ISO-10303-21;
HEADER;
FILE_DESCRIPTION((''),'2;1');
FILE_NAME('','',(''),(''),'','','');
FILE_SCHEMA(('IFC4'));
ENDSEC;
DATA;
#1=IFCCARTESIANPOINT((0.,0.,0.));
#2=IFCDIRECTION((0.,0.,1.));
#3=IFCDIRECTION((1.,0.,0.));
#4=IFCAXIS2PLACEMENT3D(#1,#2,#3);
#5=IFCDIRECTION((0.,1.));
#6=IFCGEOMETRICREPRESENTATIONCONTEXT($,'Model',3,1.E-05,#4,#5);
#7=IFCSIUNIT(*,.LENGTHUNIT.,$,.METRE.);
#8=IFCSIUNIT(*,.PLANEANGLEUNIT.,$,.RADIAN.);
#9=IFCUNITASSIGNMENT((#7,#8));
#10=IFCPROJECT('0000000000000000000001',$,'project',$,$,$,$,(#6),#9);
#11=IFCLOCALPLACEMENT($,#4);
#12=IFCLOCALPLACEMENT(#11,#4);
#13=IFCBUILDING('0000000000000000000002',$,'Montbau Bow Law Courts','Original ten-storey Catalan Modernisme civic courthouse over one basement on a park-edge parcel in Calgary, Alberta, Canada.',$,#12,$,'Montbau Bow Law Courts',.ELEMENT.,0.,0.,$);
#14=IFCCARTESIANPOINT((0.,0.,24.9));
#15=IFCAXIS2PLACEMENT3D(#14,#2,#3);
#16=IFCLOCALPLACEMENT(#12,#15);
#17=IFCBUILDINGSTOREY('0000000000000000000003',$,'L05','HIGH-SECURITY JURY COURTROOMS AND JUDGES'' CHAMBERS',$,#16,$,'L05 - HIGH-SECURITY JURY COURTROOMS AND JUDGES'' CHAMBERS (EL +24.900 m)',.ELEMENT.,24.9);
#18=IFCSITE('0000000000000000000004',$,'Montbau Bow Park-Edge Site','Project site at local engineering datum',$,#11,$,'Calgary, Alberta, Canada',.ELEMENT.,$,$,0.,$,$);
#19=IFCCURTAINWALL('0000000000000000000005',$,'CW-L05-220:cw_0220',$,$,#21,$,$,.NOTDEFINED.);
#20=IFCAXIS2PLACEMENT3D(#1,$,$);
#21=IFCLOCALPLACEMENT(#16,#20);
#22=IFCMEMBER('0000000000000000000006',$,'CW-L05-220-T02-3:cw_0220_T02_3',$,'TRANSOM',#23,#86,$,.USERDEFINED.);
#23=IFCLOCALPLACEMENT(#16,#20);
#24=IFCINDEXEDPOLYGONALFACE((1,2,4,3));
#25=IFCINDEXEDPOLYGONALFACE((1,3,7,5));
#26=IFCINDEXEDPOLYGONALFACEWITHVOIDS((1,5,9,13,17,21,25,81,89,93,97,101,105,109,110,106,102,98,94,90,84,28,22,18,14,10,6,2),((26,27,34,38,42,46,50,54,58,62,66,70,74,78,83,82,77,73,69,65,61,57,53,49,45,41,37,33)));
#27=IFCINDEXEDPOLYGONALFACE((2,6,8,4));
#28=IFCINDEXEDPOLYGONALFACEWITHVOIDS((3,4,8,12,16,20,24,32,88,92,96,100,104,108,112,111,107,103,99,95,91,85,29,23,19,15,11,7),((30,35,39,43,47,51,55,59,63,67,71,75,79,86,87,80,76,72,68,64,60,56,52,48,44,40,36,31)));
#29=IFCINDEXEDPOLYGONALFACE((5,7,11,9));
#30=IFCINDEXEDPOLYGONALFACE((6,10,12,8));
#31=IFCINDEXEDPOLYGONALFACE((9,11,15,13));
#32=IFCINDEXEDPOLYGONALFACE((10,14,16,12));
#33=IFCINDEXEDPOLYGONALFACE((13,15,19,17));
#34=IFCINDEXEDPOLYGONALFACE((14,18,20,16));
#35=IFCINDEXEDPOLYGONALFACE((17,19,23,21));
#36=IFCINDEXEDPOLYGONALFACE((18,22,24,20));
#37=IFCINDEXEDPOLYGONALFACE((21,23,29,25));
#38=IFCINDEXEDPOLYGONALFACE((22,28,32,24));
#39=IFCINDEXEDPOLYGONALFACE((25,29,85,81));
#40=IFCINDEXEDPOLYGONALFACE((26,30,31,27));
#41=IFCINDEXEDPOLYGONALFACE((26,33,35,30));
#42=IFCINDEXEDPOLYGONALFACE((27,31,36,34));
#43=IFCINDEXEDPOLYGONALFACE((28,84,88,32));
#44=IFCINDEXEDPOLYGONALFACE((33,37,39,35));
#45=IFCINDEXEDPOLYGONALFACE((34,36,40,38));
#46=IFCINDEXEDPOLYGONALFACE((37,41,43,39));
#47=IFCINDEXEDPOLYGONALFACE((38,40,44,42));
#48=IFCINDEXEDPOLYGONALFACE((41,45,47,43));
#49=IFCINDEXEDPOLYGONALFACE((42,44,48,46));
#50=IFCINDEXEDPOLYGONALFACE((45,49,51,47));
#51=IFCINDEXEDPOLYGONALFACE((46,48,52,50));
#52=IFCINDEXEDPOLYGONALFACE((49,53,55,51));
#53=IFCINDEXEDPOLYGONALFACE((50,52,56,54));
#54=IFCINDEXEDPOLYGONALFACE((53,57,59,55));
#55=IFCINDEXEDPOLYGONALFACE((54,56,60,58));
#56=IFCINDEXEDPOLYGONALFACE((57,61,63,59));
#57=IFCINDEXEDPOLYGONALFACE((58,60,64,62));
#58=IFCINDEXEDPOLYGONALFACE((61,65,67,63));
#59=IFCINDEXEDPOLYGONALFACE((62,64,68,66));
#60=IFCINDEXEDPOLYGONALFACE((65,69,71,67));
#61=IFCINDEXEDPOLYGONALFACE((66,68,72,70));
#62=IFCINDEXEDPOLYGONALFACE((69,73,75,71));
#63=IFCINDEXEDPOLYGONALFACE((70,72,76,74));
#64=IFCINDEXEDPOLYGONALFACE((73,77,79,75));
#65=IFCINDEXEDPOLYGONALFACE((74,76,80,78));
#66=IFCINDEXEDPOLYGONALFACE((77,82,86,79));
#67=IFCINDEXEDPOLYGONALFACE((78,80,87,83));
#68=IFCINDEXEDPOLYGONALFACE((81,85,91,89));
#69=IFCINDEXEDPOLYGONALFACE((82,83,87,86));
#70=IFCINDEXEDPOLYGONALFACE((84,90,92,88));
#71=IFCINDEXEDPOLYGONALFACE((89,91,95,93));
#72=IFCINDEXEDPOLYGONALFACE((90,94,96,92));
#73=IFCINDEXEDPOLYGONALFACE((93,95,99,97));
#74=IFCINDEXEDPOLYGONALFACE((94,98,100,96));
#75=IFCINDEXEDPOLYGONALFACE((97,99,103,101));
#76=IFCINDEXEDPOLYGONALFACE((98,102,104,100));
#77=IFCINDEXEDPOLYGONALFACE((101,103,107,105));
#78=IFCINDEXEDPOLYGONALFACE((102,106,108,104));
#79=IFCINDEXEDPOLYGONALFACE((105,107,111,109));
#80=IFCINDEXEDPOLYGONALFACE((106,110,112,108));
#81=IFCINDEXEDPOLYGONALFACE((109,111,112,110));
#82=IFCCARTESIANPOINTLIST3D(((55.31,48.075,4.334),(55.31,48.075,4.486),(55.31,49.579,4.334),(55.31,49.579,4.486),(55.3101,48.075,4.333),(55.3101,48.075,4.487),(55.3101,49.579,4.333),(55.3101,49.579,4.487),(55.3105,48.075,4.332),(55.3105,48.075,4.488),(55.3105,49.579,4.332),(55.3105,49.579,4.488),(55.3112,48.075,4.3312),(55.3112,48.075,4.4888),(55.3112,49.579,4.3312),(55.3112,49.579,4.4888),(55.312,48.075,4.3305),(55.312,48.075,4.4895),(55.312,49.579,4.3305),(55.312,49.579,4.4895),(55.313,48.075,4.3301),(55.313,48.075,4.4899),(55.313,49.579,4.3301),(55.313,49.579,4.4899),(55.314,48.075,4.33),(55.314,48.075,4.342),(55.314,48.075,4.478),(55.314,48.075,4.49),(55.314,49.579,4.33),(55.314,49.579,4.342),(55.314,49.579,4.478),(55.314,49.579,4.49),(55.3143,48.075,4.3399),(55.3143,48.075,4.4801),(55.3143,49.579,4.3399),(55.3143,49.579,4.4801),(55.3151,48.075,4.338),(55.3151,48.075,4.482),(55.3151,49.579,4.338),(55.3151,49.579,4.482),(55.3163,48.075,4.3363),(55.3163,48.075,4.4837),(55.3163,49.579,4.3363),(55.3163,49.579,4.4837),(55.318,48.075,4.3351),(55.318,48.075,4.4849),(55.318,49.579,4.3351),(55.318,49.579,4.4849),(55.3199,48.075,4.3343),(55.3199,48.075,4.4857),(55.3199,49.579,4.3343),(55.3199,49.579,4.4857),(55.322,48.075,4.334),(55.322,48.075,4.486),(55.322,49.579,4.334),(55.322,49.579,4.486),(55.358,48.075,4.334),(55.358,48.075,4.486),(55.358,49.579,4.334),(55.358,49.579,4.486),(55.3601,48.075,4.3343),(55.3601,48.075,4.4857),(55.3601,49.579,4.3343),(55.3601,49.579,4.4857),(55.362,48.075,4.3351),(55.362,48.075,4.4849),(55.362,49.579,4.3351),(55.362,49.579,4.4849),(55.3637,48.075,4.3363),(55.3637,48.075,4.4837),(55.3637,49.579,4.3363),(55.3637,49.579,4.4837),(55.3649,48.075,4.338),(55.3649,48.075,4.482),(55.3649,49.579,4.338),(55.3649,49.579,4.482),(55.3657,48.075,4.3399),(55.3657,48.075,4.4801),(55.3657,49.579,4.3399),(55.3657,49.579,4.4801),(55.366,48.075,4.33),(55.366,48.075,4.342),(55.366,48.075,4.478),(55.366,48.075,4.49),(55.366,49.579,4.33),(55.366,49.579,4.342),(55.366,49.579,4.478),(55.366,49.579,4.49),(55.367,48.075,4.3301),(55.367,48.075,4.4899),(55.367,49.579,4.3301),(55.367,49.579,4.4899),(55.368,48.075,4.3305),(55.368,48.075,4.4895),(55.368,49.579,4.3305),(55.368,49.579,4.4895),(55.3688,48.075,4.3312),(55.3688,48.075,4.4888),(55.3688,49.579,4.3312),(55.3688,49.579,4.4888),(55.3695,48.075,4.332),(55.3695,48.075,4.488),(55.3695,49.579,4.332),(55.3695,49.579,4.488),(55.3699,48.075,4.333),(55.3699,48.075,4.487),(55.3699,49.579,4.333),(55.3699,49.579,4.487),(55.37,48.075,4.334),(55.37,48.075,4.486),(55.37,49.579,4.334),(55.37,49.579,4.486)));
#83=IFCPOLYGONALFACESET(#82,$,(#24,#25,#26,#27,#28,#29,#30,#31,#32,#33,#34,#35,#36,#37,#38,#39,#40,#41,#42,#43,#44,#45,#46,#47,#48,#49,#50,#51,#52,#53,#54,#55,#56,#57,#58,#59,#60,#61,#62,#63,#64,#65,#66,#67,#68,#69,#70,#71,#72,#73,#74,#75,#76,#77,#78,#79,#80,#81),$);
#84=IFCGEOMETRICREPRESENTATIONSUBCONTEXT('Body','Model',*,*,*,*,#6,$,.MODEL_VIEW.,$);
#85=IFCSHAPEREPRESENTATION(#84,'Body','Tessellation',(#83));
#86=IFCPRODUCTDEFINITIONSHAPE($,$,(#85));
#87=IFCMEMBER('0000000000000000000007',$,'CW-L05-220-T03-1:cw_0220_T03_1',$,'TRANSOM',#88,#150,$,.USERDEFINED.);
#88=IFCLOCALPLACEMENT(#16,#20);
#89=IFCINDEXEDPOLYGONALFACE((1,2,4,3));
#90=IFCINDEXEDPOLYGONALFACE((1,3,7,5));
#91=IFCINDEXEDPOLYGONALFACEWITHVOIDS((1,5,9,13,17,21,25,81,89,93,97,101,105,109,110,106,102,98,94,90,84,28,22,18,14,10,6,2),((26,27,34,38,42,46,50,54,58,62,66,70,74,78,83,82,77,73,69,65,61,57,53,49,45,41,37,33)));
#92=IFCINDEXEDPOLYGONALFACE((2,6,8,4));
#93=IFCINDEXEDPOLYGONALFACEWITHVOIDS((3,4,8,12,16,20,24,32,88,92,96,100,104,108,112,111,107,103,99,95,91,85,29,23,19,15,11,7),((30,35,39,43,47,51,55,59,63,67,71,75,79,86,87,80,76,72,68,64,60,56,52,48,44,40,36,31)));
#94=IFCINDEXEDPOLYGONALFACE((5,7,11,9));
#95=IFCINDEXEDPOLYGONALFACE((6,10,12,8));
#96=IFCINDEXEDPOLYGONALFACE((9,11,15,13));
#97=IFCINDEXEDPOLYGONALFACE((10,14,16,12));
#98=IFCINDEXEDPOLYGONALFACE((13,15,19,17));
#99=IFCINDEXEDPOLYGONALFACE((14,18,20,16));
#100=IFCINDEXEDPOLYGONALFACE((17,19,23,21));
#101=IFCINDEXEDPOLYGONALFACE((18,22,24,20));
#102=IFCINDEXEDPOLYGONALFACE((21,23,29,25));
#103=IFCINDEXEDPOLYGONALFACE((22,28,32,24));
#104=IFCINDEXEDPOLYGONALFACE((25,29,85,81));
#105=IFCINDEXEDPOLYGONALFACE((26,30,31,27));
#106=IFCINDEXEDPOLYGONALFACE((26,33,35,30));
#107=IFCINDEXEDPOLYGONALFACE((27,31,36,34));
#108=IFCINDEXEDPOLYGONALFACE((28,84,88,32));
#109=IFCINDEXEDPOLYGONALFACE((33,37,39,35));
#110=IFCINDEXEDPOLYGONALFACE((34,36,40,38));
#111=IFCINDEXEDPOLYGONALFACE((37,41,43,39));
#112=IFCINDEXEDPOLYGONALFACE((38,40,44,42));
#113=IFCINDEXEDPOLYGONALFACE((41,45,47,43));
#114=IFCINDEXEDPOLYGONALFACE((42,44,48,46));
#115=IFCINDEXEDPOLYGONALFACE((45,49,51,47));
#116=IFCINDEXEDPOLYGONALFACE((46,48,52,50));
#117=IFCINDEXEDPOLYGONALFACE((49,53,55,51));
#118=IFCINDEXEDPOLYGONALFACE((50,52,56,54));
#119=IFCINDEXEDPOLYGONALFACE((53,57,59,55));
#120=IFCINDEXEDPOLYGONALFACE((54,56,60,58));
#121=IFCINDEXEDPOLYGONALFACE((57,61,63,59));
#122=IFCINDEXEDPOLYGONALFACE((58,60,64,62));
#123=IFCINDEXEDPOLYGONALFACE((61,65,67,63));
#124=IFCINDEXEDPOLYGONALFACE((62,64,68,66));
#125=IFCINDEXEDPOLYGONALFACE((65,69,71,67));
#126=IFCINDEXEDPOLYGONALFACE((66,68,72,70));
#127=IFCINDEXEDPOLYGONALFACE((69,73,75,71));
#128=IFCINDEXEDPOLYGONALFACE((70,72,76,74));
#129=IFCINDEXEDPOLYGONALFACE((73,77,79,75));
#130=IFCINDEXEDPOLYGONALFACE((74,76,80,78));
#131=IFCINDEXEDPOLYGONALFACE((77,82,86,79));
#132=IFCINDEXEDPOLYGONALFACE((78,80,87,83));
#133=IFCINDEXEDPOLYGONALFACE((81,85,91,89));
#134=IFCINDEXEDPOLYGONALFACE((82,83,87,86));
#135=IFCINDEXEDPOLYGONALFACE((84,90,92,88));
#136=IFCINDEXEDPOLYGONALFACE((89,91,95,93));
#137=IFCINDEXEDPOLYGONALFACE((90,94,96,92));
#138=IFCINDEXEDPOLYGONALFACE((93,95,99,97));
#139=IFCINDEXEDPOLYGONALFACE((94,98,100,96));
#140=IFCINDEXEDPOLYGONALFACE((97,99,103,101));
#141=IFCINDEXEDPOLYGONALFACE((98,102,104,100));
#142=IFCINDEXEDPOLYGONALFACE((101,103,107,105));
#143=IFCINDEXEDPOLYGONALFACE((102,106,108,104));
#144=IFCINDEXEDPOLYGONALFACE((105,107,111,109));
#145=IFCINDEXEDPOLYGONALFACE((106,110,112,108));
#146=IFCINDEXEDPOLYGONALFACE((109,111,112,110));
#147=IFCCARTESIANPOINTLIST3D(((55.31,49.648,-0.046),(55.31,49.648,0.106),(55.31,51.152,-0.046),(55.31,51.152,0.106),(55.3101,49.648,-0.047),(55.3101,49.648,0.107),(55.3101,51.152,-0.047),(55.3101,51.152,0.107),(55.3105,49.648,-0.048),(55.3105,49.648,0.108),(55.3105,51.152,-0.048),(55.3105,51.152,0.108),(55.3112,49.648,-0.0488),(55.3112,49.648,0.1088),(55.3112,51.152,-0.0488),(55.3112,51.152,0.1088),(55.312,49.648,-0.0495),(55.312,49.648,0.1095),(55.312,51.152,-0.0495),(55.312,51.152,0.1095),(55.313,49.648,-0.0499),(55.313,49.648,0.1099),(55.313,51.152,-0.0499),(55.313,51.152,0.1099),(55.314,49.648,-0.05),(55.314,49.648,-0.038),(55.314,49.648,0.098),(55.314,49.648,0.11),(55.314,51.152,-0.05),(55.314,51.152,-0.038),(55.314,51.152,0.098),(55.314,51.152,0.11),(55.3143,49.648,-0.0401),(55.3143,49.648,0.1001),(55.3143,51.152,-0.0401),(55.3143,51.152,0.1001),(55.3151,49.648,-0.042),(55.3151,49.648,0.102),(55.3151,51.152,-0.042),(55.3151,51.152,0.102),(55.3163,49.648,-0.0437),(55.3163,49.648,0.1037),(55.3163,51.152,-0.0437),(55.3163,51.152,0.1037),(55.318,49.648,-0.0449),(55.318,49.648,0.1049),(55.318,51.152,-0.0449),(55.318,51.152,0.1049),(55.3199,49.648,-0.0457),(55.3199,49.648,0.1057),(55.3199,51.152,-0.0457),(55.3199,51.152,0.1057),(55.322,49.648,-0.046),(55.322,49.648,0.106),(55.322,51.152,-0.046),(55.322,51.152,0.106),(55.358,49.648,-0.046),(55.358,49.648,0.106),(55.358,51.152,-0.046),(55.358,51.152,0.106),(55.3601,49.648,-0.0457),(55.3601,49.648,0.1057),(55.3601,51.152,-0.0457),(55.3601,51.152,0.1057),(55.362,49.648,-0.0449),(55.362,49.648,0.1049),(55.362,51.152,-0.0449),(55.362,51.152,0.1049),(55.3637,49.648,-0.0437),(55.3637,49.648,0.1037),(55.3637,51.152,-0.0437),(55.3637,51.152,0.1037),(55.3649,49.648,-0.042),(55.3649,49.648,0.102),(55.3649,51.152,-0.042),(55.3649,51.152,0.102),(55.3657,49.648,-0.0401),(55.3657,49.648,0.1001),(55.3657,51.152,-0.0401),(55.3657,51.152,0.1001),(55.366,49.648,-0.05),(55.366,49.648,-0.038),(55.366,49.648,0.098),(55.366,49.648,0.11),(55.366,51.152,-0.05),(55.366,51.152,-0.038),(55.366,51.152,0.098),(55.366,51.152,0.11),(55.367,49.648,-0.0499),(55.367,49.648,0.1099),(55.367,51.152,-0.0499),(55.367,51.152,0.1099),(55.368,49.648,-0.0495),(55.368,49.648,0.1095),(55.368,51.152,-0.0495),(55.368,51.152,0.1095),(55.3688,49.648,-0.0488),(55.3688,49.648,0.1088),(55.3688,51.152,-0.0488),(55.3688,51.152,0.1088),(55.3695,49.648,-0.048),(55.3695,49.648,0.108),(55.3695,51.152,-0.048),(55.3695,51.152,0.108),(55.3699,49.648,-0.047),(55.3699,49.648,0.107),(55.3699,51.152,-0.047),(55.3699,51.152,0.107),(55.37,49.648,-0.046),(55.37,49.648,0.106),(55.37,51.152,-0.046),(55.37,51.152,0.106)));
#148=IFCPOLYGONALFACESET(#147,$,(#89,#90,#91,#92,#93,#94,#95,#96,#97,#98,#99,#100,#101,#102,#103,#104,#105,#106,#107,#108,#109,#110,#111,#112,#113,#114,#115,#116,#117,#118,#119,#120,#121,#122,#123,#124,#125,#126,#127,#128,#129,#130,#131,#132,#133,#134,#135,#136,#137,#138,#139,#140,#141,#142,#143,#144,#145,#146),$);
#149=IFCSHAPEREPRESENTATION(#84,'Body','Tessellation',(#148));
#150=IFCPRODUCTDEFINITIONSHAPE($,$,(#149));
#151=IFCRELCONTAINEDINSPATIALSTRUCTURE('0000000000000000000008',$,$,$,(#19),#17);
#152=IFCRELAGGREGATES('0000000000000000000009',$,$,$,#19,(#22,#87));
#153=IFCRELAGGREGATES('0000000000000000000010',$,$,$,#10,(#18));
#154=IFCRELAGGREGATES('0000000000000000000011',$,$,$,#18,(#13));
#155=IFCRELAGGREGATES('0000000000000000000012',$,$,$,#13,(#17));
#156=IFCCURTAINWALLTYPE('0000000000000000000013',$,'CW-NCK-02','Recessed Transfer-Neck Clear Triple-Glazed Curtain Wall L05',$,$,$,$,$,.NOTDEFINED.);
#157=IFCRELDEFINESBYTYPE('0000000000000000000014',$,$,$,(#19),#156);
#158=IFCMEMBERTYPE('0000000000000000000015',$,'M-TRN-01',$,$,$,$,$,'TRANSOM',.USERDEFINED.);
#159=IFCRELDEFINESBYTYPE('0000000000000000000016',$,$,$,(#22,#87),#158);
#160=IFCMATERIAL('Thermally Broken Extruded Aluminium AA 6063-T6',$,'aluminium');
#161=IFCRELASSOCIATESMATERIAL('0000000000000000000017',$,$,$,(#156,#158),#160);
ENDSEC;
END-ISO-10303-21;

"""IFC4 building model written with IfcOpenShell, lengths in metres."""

from ifc_helpers import new_model, si_unit, direction, frame, origin_with_axes, origin_2d_with_axis, place, context, subcontext, project, spatial, hollow_rectangle, extrude, material, material_profile, profile_set, type_object, element, aggregate, save


model = new_model("IFC4")

# Units and contexts
model_context = context("Model", 3, precision=1e-05, world=origin_with_axes(), true_north=direction((0.0, 1.0)))
body_context = subcontext(model_context, "Body", "Model", "MODEL_VIEW")
ifc_project = project(units=[si_unit("LENGTHUNIT", "METRE"), si_unit("PLANEANGLEUNIT", "RADIAN")], contexts=[model_context])

# Site, building, storey
site_placement = place(None, origin_with_axes())
site = spatial("IfcSite", under=ifc_project, at=site_placement, Name="Montbau Bow Park-Edge Site", Description="Project site at local engineering datum", LongName="Calgary, Alberta, Canada", CompositionType="ELEMENT", RefElevation=0.0)
building_placement = place(site_placement, origin_with_axes())
building = spatial("IfcBuilding", under=site, at=building_placement, Name="Montbau Bow Law Courts", Description="Original ten-storey Catalan Modernisme civic courthouse over one basement on a park-edge parcel in Calgary, Alberta, Canada.", LongName="Montbau Bow Law Courts", CompositionType="ELEMENT", ElevationOfRefHeight=0.0, ElevationOfTerrain=0.0)
storey_placement = place(building_placement, frame((0.0, 0.0, 24.9), z_axis=(0.0, 0.0, 1.0), x_axis=(1.0, 0.0, 0.0)))
storey = spatial("IfcBuildingStorey", under=building, at=storey_placement, Name="L05", Description="HIGH-SECURITY JURY COURTROOMS AND JUDGES' CHAMBERS", LongName="L05 - HIGH-SECURITY JURY COURTROOMS AND JUDGES' CHAMBERS (EL +24.900 m)", CompositionType="ELEMENT", Elevation=24.9)

# Curtain wall, members
ifc_material_1 = material(Name="Thermally Broken Extruded Aluminium AA 6063-T6", Category="aluminium")
curtain_wall_type = type_object("IfcCurtainWallType", Name="CW-NCK-02", Description="Recessed Transfer-Neck Clear Triple-Glazed Curtain Wall L05", PredefinedType="NOTDEFINED", material=ifc_material_1)
curtain_wall_placement = place(None, frame((55.34, 46.468, 24.9), z_axis=(0.0, 0.0, 1.0), x_axis=(1.0, 0.0, 0.0)))
curtain_wall = element("IfcCurtainWall", 1, at=curtain_wall_placement, inside=storey, type_object=curtain_wall_type, Name="CW-L05-220:cw_0220", PredefinedType="NOTDEFINED")
ifc_material_profile_1 = material_profile(ifc_material_1, hollow_rectangle(XDim=0.06, YDim=0.16, WallThickness=0.004, InnerFilletRadius=0.008, OuterFilletRadius=0.004, at=origin_2d_with_axis()), Name="CWT-160X60", Category="Main", Priority=0)
ifc_profile_set_1 = profile_set([ifc_material_profile_1], Name="Thermally Broken Extruded Aluminium AA 6063-T6")
member_type_1 = type_object("IfcMemberType", Name="M-TRN-01", ElementType="TRANSOM", PredefinedType="USERDEFINED", material=ifc_profile_set_1)
member_1_placement = place(None, frame((55.34, 48.075, 29.31), z_axis=(0.0, 1.0, 0.0), x_axis=(-1.0, 0.0, 0.0)))
member_1 = element("IfcMember", 2, at=member_1_placement, type_object=member_type_1, Name="CW-L05-220-T02-3:cw_0220_T02_3", ObjectType="TRANSOM", PredefinedType="USERDEFINED", context=body_context, shape_type="SweptSolid", body=[
    extrude(hollow_rectangle(XDim=0.06, YDim=0.16, WallThickness=0.004, InnerFilletRadius=0.008, OuterFilletRadius=0.004, at=origin_2d_with_axis()), origin_with_axes(), (0.0, 0.0, 1.0), 1.504),
])
member_2_placement = place(None, frame((55.34, 49.648, 24.93), z_axis=(0.0, 1.0, 0.0), x_axis=(-1.0, 0.0, 0.0)))
member_2 = element("IfcMember", 3, at=member_2_placement, type_object=member_type_1, Name="CW-L05-220-T03-1:cw_0220_T03_1", ObjectType="TRANSOM", PredefinedType="USERDEFINED", context=body_context, shape_type="SweptSolid", body=[
    extrude(hollow_rectangle(XDim=0.06, YDim=0.16, WallThickness=0.004, InnerFilletRadius=0.008, OuterFilletRadius=0.004, at=origin_2d_with_axis()), origin_with_axes(), (0.0, 0.0, 1.0), 1.504),
])
aggregate(curtain_wall, [member_1, member_2])

save(model, "model.ifc")
